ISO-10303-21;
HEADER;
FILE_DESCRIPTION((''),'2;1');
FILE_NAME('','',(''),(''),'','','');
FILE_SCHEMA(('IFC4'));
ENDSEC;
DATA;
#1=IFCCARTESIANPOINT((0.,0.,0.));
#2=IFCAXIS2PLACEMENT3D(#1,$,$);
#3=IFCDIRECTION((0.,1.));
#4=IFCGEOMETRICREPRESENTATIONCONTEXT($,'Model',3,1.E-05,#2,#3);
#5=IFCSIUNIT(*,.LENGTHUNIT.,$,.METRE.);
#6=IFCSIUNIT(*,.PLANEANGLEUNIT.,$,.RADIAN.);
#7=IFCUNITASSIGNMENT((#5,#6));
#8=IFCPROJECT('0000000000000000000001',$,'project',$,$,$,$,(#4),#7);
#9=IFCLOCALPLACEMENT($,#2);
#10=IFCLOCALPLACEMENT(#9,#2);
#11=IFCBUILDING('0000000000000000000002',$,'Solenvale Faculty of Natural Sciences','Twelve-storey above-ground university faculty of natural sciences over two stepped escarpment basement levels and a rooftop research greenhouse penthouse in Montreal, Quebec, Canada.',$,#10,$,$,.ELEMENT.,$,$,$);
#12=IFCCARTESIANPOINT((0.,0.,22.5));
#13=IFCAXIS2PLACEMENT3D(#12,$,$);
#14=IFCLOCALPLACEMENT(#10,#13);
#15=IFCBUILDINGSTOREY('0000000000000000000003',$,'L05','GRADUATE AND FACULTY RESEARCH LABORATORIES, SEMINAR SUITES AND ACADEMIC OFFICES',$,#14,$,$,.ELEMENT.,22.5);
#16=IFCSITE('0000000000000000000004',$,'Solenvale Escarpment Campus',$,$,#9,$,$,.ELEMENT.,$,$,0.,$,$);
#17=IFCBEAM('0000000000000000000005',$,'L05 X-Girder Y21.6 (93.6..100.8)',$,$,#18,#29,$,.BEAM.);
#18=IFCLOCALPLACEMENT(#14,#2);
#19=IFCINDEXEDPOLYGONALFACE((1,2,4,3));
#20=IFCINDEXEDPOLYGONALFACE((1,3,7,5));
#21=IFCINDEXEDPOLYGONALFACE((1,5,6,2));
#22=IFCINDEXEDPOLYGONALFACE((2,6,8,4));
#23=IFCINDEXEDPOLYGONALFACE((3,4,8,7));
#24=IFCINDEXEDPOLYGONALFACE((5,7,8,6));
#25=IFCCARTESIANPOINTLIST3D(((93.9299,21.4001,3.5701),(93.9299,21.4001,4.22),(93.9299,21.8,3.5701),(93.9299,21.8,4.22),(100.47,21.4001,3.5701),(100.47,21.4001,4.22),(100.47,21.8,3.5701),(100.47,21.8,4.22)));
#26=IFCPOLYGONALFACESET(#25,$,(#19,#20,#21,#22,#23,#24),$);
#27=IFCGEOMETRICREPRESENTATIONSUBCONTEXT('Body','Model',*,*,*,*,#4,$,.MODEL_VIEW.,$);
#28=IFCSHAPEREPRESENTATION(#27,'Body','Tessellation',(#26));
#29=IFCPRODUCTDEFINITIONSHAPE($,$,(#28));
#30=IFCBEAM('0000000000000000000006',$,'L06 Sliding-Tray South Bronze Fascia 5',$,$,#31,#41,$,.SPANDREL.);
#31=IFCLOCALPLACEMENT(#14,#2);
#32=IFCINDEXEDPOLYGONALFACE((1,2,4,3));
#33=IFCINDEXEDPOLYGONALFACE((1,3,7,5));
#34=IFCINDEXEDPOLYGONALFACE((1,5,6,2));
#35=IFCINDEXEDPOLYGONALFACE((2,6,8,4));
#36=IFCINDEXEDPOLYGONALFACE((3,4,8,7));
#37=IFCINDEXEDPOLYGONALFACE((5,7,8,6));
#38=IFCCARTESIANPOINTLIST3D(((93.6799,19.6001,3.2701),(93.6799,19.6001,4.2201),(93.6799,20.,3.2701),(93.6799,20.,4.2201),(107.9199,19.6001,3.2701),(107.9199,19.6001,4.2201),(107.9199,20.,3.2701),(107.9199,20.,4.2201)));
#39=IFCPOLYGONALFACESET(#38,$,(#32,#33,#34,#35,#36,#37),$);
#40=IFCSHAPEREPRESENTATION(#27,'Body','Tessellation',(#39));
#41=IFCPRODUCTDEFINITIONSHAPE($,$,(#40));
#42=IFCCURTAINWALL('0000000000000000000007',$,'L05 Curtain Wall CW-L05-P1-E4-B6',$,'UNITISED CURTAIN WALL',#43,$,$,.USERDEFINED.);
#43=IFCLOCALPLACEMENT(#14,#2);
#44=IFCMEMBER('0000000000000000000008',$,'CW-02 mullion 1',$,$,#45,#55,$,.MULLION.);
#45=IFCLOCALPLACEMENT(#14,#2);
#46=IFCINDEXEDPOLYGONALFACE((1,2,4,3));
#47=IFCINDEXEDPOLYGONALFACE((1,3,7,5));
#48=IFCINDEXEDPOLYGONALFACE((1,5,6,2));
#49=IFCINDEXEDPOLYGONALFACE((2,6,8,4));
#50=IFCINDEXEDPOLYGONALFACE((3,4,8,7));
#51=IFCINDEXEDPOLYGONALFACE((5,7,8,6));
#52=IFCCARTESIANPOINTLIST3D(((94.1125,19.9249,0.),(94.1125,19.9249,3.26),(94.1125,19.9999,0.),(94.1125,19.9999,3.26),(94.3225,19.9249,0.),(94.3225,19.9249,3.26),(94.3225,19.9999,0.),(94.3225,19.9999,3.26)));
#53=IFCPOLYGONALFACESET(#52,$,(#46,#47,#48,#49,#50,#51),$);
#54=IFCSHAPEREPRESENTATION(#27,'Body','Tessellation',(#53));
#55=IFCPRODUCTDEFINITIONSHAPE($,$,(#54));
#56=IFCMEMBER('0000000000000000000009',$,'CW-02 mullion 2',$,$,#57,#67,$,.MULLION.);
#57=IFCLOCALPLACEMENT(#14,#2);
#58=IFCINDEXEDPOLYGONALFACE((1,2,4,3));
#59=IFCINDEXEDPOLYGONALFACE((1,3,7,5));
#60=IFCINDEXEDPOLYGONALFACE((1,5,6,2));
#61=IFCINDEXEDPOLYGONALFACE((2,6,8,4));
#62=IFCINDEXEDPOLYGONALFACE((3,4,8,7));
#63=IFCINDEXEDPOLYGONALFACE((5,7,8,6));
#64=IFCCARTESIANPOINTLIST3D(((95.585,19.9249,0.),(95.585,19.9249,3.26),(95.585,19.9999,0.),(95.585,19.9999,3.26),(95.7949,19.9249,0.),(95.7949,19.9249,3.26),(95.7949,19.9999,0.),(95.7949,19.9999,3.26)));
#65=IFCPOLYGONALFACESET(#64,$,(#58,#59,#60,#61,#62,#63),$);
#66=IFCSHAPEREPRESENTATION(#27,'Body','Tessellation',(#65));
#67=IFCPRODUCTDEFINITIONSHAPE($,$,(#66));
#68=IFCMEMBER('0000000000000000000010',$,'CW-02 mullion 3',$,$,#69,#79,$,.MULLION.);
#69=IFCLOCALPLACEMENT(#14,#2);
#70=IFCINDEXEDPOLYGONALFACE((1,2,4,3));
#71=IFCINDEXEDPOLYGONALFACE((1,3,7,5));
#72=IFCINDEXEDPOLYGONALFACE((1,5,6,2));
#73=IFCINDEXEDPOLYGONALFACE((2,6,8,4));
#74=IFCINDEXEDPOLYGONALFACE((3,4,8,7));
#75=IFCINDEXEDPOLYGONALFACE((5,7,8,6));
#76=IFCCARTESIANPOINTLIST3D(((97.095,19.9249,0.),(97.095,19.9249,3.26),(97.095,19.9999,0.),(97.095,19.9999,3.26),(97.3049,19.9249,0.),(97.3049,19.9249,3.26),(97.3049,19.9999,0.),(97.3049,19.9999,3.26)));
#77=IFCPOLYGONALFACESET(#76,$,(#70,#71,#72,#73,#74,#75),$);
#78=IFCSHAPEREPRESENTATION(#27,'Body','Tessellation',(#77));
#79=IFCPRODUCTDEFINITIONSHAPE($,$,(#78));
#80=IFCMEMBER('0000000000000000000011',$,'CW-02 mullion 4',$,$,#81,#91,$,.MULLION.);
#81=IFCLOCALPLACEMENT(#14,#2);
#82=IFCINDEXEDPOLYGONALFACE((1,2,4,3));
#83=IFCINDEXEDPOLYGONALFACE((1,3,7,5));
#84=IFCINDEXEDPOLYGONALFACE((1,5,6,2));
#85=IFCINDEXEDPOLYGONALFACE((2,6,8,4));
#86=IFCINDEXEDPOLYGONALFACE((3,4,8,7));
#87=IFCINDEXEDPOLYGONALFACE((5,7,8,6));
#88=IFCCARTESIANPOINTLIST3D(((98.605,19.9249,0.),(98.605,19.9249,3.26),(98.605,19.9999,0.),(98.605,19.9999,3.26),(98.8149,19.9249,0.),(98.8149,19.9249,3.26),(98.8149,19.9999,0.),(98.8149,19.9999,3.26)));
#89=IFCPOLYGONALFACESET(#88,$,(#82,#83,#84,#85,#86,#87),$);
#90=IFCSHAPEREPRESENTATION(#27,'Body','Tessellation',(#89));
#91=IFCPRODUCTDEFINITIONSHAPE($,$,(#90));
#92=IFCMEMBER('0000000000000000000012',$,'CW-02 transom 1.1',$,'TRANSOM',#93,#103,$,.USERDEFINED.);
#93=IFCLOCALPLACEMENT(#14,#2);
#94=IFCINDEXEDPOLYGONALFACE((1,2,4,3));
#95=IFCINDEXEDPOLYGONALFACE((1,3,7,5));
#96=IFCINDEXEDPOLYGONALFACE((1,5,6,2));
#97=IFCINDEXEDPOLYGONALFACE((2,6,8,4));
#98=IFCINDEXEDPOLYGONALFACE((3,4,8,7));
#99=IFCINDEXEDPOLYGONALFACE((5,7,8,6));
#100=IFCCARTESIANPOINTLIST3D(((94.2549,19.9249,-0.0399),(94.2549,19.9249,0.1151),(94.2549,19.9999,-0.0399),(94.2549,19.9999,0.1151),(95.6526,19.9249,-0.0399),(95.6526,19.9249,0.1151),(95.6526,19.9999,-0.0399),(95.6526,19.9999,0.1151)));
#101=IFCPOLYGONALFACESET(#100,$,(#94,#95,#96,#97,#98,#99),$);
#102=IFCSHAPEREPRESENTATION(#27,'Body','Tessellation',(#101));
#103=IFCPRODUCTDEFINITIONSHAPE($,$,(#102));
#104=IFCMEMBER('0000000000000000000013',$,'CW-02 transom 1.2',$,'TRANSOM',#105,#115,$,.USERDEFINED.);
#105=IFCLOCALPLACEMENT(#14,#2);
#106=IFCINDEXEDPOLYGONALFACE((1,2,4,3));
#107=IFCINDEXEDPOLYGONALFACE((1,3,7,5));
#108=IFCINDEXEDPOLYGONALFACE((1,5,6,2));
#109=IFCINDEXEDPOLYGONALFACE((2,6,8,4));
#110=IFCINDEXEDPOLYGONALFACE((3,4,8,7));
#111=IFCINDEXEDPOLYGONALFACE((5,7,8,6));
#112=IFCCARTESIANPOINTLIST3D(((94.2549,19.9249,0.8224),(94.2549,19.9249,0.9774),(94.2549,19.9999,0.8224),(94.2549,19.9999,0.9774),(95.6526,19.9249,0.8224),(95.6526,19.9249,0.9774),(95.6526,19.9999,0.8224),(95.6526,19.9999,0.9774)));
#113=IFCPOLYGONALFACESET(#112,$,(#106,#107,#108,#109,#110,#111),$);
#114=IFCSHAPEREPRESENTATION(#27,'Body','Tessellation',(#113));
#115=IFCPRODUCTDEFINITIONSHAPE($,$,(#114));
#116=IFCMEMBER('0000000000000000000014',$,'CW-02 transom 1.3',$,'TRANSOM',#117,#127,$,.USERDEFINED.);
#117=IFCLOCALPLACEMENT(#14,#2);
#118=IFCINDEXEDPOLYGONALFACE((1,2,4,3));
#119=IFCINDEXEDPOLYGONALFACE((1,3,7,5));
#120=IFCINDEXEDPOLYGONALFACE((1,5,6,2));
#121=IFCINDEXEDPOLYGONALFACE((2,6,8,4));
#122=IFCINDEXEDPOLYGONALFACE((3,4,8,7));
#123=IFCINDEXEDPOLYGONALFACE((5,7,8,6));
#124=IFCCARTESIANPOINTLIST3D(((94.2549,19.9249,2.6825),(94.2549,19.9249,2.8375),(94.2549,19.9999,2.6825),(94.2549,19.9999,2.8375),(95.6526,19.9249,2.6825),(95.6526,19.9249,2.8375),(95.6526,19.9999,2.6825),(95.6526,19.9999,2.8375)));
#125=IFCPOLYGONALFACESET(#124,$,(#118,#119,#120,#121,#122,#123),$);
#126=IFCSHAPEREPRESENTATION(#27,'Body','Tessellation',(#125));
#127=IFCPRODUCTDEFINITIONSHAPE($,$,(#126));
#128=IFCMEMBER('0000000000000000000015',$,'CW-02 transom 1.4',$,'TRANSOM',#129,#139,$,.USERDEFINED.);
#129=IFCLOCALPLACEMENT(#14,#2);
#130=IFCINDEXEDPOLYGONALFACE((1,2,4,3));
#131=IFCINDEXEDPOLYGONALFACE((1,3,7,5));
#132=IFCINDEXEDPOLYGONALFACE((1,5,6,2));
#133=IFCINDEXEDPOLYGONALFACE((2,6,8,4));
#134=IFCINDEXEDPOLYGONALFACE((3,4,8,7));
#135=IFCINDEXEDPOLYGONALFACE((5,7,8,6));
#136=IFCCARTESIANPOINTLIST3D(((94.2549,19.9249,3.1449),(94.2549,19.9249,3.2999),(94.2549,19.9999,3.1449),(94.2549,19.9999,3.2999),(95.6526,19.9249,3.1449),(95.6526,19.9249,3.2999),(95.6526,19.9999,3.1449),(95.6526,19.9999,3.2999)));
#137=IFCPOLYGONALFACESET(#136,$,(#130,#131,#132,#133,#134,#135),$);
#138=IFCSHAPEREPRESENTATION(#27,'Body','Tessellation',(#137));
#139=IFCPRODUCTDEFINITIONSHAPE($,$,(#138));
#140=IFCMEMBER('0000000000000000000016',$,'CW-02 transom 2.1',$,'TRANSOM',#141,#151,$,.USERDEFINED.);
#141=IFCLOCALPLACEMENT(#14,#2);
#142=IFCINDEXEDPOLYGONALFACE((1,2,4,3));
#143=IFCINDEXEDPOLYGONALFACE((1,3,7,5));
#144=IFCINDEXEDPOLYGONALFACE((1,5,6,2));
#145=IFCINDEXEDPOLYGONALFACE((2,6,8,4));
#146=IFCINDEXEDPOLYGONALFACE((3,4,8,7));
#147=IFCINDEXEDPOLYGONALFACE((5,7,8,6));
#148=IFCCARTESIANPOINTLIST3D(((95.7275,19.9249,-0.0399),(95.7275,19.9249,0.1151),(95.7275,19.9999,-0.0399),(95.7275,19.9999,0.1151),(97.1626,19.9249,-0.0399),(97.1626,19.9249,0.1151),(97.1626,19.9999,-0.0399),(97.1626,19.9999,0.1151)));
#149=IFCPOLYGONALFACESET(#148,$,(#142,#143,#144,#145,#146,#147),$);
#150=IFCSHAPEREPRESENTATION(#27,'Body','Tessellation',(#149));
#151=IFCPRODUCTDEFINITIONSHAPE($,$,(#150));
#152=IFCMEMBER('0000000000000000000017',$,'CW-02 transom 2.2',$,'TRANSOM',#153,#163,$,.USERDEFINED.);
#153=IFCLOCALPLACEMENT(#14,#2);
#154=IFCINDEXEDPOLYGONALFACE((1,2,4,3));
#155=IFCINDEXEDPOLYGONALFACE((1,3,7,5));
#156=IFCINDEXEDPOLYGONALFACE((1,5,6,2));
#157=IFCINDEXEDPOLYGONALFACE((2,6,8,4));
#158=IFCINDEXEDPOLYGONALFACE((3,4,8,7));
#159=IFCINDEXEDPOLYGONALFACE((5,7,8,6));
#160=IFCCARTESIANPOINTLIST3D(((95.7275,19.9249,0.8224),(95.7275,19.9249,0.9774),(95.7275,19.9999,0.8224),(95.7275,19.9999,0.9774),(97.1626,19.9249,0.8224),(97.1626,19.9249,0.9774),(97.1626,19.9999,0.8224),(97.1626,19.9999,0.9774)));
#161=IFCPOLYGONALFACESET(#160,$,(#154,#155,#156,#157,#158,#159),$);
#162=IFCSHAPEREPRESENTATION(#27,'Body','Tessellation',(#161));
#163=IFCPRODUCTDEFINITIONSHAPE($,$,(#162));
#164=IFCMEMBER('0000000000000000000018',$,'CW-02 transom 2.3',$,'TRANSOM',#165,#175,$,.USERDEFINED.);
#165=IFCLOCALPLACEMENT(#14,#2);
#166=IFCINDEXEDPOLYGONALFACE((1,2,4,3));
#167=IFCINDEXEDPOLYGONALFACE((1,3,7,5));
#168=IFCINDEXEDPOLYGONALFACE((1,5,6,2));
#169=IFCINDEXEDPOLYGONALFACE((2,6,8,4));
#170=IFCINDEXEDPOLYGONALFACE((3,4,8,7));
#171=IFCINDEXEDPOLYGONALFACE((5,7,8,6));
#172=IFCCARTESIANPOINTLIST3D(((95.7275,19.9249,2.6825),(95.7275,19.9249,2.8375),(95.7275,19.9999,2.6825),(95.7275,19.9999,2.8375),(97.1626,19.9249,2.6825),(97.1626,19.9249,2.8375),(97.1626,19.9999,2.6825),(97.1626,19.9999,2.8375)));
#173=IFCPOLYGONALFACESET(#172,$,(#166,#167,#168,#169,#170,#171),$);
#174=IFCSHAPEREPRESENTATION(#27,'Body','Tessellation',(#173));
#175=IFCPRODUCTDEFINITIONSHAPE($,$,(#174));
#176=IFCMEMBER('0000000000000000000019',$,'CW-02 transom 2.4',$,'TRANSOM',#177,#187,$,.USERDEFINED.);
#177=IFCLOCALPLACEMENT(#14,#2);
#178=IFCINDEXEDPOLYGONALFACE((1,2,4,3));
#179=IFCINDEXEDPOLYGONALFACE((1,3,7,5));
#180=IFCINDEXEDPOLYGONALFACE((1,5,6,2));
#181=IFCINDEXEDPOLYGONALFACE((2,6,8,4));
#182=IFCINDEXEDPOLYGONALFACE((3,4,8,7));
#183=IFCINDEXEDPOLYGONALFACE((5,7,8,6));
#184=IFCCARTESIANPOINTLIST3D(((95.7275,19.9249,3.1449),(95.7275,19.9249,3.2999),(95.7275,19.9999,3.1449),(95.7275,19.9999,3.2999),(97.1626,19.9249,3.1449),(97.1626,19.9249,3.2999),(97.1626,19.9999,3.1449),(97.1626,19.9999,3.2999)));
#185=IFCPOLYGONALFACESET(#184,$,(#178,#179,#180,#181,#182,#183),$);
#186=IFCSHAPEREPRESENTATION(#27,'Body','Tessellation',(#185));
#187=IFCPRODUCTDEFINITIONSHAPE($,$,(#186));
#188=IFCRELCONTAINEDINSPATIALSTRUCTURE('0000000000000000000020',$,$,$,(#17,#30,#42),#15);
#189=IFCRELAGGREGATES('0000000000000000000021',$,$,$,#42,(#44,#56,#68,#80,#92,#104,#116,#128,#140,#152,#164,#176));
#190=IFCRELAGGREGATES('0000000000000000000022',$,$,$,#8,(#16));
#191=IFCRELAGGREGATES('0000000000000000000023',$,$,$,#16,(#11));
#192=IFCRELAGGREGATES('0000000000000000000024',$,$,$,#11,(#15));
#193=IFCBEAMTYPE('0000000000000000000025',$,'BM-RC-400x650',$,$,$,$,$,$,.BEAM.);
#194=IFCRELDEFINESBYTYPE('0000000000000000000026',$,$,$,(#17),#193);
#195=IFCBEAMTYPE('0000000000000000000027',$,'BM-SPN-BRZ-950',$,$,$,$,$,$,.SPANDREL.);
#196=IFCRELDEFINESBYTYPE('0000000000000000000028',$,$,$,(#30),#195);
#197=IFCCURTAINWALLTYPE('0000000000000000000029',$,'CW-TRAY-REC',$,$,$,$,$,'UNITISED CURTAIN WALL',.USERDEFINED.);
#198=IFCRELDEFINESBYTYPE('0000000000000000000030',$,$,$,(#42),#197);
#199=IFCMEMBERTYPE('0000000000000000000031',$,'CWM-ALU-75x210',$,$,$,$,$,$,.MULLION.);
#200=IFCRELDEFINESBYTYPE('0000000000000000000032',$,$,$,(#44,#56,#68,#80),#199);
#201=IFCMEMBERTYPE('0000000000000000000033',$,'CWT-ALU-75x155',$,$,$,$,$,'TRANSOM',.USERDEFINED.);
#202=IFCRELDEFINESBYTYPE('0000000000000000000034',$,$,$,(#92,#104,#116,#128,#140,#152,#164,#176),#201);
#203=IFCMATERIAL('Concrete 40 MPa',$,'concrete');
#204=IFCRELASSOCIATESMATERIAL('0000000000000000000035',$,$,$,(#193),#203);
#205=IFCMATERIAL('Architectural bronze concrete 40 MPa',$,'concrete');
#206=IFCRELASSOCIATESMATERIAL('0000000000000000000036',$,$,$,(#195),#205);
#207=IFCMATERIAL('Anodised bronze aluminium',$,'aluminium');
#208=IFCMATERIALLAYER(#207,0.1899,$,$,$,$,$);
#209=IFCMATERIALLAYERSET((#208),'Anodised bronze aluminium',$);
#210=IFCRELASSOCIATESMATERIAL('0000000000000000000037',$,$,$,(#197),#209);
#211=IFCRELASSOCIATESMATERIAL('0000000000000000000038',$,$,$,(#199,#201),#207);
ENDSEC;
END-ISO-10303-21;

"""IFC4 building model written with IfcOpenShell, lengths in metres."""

from ifc_helpers import new_model, si_unit, direction, frame, origin, origin_2d, place, context, subcontext, project, spatial, rectangle, extrude, material, layer, layer_set, material_profile, profile_set, type_object, element, aggregate, save


model = new_model("IFC4")

# Units and contexts
model_context = context("Model", 3, precision=1e-05, world=origin(), true_north=direction((0.0, 1.0)))
body_context = subcontext(model_context, "Body", "Model", "MODEL_VIEW")
ifc_project = project(units=[si_unit("LENGTHUNIT", "METRE"), si_unit("PLANEANGLEUNIT", "RADIAN")], contexts=[model_context])

# Site, building, storey
site_placement = place(None, origin())
site = spatial("IfcSite", under=ifc_project, at=site_placement, Name="Solenvale Escarpment Campus", CompositionType="ELEMENT", RefElevation=0.0)
building_placement = place(site_placement, origin())
building = spatial("IfcBuilding", under=site, at=building_placement, Name="Solenvale Faculty of Natural Sciences", Description="Twelve-storey above-ground university faculty of natural sciences over two stepped escarpment basement levels and a rooftop research greenhouse penthouse in Montreal, Quebec, Canada.", CompositionType="ELEMENT")
storey_placement = place(building_placement, frame((0.0, 0.0, 22.5)))
storey = spatial("IfcBuildingStorey", under=building, at=storey_placement, Name="L05", Description="GRADUATE AND FACULTY RESEARCH LABORATORIES, SEMINAR SUITES AND ACADEMIC OFFICES", CompositionType="ELEMENT", Elevation=22.5)

# Beams
ifc_material_1 = material(Name="Concrete 40 MPa", Category="concrete")
ifc_material_profile_1 = material_profile(ifc_material_1, rectangle(XDim=0.3999, YDim=0.6499, at=origin_2d()), Name="RC-BM-400x650")
ifc_profile_set_1 = profile_set([ifc_material_profile_1], Name="Concrete 40 MPa")
beam_type_1 = type_object("IfcBeamType", Name="BM-RC-400x650", PredefinedType="BEAM", material=ifc_profile_set_1)
beam_1_placement = place(storey_placement, frame((93.9299, 21.6001, 3.895), z_axis=(1.0, 0.0, 0.0), x_axis=(0.0, 1.0, 0.0)))
element("IfcBeam", 1, at=beam_1_placement, inside=storey, type_object=beam_type_1, Name="L05 X-Girder Y21.6 (93.6..100.8)", PredefinedType="BEAM", context=body_context, shape_type="SweptSolid", body=[
    extrude(rectangle(XDim=0.3999, YDim=0.6499, at=origin_2d()), origin(), (0.0, 0.0, 1.0), 6.54),
])
ifc_material_2 = material(Name="Architectural bronze concrete 40 MPa", Category="concrete")
ifc_material_profile_2 = material_profile(ifc_material_2, rectangle(XDim=0.3999, YDim=0.95, at=origin_2d()), Name="RC-SPN-400x950")
ifc_profile_set_2 = profile_set([ifc_material_profile_2], Name="Architectural bronze concrete 40 MPa")
beam_type_2 = type_object("IfcBeamType", Name="BM-SPN-BRZ-950", PredefinedType="SPANDREL", material=ifc_profile_set_2)
beam_2_placement = place(storey_placement, frame((93.6799, 19.8, 3.7451), z_axis=(1.0, 0.0, 0.0), x_axis=(0.0, 1.0, 0.0)))
element("IfcBeam", 2, at=beam_2_placement, inside=storey, type_object=beam_type_2, Name="L06 Sliding-Tray South Bronze Fascia 5", PredefinedType="SPANDREL", context=body_context, shape_type="SweptSolid", body=[
    extrude(rectangle(XDim=0.3999, YDim=0.95, at=origin_2d()), origin(), (0.0, 0.0, 1.0), 14.24),
])

# Curtain wall, members
ifc_material_3 = material(Name="Anodised bronze aluminium", Category="aluminium")
ifc_layer_1 = layer(ifc_material_3, 0.1899)
ifc_layer_set_1 = layer_set([ifc_layer_1], Name="Anodised bronze aluminium")
curtain_wall_type = type_object("IfcCurtainWallType", Name="CW-TRAY-REC", ElementType="UNITISED CURTAIN WALL", PredefinedType="USERDEFINED", material=ifc_layer_set_1)
curtain_wall_placement = place(storey_placement, origin())
curtain_wall = element("IfcCurtainWall", 3, at=curtain_wall_placement, inside=storey, type_object=curtain_wall_type, Name="L05 Curtain Wall CW-L05-P1-E4-B6", ObjectType="UNITISED CURTAIN WALL", PredefinedType="USERDEFINED")
ifc_material_profile_3 = material_profile(ifc_material_3, rectangle(XDim=0.075, YDim=0.21, at=origin_2d()), Name="ALU-MUL-75x210")
ifc_profile_set_3 = profile_set([ifc_material_profile_3], Name="Anodised bronze aluminium")
member_type_1 = type_object("IfcMemberType", Name="CWM-ALU-75x210", PredefinedType="MULLION", material=ifc_profile_set_3)
member_1_placement = place(storey_placement, frame((94.2175, 19.9624, 0.0), z_axis=(0.0, 0.0, 1.0), x_axis=(0.0, 1.0, 0.0)))
member_1 = element("IfcMember", 4, at=member_1_placement, type_object=member_type_1, Name="CW-02 mullion 1", PredefinedType="MULLION", context=body_context, shape_type="SweptSolid", body=[
    extrude(rectangle(XDim=0.075, YDim=0.21, at=origin_2d()), origin(), (0.0, 0.0, 1.0), 3.26),
])
member_2_placement = place(storey_placement, frame((95.6899, 19.9624, 0.0), z_axis=(0.0, 0.0, 1.0), x_axis=(0.0, 1.0, 0.0)))
member_2 = element("IfcMember", 5, at=member_2_placement, type_object=member_type_1, Name="CW-02 mullion 2", PredefinedType="MULLION", context=body_context, shape_type="SweptSolid", body=[
    extrude(rectangle(XDim=0.075, YDim=0.21, at=origin_2d()), origin(), (0.0, 0.0, 1.0), 3.26),
])
member_3_placement = place(storey_placement, frame((97.2, 19.9624, 0.0), z_axis=(0.0, 0.0, 1.0), x_axis=(0.0, 1.0, 0.0)))
member_3 = element("IfcMember", 6, at=member_3_placement, type_object=member_type_1, Name="CW-02 mullion 3", PredefinedType="MULLION", context=body_context, shape_type="SweptSolid", body=[
    extrude(rectangle(XDim=0.075, YDim=0.21, at=origin_2d()), origin(), (0.0, 0.0, 1.0), 3.26),
])
member_4_placement = place(storey_placement, frame((98.71, 19.9624, 0.0), z_axis=(0.0, 0.0, 1.0), x_axis=(0.0, 1.0, 0.0)))
member_4 = element("IfcMember", 7, at=member_4_placement, type_object=member_type_1, Name="CW-02 mullion 4", PredefinedType="MULLION", context=body_context, shape_type="SweptSolid", body=[
    extrude(rectangle(XDim=0.075, YDim=0.21, at=origin_2d()), origin(), (0.0, 0.0, 1.0), 3.26),
])
ifc_material_profile_4 = material_profile(ifc_material_3, rectangle(XDim=0.075, YDim=0.155, at=origin_2d()), Name="ALU-TRN-75x155")
ifc_profile_set_4 = profile_set([ifc_material_profile_4], Name="Anodised bronze aluminium")
member_type_2 = type_object("IfcMemberType", Name="CWT-ALU-75x155", ElementType="TRANSOM", PredefinedType="USERDEFINED", material=ifc_profile_set_4)
member_5_placement = place(storey_placement, frame((94.2549, 19.9624, 0.0376), z_axis=(1.0, 0.0, 0.0), x_axis=(0.0, 1.0, 0.0)))
member_5 = element("IfcMember", 8, at=member_5_placement, type_object=member_type_2, Name="CW-02 transom 1.1", ObjectType="TRANSOM", PredefinedType="USERDEFINED", context=body_context, shape_type="SweptSolid", body=[
    extrude(rectangle(XDim=0.075, YDim=0.155, at=origin_2d()), origin(), (0.0, 0.0, 1.0), 1.3977),
])
member_6_placement = place(storey_placement, frame((94.2549, 19.9624, 0.8999), z_axis=(1.0, 0.0, 0.0), x_axis=(0.0, 1.0, 0.0)))
member_6 = element("IfcMember", 9, at=member_6_placement, type_object=member_type_2, Name="CW-02 transom 1.2", ObjectType="TRANSOM", PredefinedType="USERDEFINED", context=body_context, shape_type="SweptSolid", body=[
    extrude(rectangle(XDim=0.075, YDim=0.155, at=origin_2d()), origin(), (0.0, 0.0, 1.0), 1.3977),
])
member_7_placement = place(storey_placement, frame((94.2549, 19.9624, 2.76), z_axis=(1.0, 0.0, 0.0), x_axis=(0.0, 1.0, 0.0)))
member_7 = element("IfcMember", 10, at=member_7_placement, type_object=member_type_2, Name="CW-02 transom 1.3", ObjectType="TRANSOM", PredefinedType="USERDEFINED", context=body_context, shape_type="SweptSolid", body=[
    extrude(rectangle(XDim=0.075, YDim=0.155, at=origin_2d()), origin(), (0.0, 0.0, 1.0), 1.3977),
])
member_8_placement = place(storey_placement, frame((94.2549, 19.9624, 3.2224), z_axis=(1.0, 0.0, 0.0), x_axis=(0.0, 1.0, 0.0)))
member_8 = element("IfcMember", 11, at=member_8_placement, type_object=member_type_2, Name="CW-02 transom 1.4", ObjectType="TRANSOM", PredefinedType="USERDEFINED", context=body_context, shape_type="SweptSolid", body=[
    extrude(rectangle(XDim=0.075, YDim=0.155, at=origin_2d()), origin(), (0.0, 0.0, 1.0), 1.3977),
])
member_9_placement = place(storey_placement, frame((95.7275, 19.9624, 0.0376), z_axis=(1.0, 0.0, 0.0), x_axis=(0.0, 1.0, 0.0)))
member_9 = element("IfcMember", 12, at=member_9_placement, type_object=member_type_2, Name="CW-02 transom 2.1", ObjectType="TRANSOM", PredefinedType="USERDEFINED", context=body_context, shape_type="SweptSolid", body=[
    extrude(rectangle(XDim=0.075, YDim=0.155, at=origin_2d()), origin(), (0.0, 0.0, 1.0), 1.4351),
])
member_10_placement = place(storey_placement, frame((95.7275, 19.9624, 0.8999), z_axis=(1.0, 0.0, 0.0), x_axis=(0.0, 1.0, 0.0)))
member_10 = element("IfcMember", 13, at=member_10_placement, type_object=member_type_2, Name="CW-02 transom 2.2", ObjectType="TRANSOM", PredefinedType="USERDEFINED", context=body_context, shape_type="SweptSolid", body=[
    extrude(rectangle(XDim=0.075, YDim=0.155, at=origin_2d()), origin(), (0.0, 0.0, 1.0), 1.4351),
])
member_11_placement = place(storey_placement, frame((95.7275, 19.9624, 2.76), z_axis=(1.0, 0.0, 0.0), x_axis=(0.0, 1.0, 0.0)))
member_11 = element("IfcMember", 14, at=member_11_placement, type_object=member_type_2, Name="CW-02 transom 2.3", ObjectType="TRANSOM", PredefinedType="USERDEFINED", context=body_context, shape_type="SweptSolid", body=[
    extrude(rectangle(XDim=0.075, YDim=0.155, at=origin_2d()), origin(), (0.0, 0.0, 1.0), 1.4351),
])
member_12_placement = place(storey_placement, frame((95.7275, 19.9624, 3.2224), z_axis=(1.0, 0.0, 0.0), x_axis=(0.0, 1.0, 0.0)))
member_12 = element("IfcMember", 15, at=member_12_placement, type_object=member_type_2, Name="CW-02 transom 2.4", ObjectType="TRANSOM", PredefinedType="USERDEFINED", context=body_context, shape_type="SweptSolid", body=[
    extrude(rectangle(XDim=0.075, YDim=0.155, at=origin_2d()), origin(), (0.0, 0.0, 1.0), 1.4351),
])
aggregate(curtain_wall, [member_1, member_2, member_3, member_4, member_5, member_6, member_7, member_8, member_9, member_10, member_11, member_12])

save(model, "model.ifc")
